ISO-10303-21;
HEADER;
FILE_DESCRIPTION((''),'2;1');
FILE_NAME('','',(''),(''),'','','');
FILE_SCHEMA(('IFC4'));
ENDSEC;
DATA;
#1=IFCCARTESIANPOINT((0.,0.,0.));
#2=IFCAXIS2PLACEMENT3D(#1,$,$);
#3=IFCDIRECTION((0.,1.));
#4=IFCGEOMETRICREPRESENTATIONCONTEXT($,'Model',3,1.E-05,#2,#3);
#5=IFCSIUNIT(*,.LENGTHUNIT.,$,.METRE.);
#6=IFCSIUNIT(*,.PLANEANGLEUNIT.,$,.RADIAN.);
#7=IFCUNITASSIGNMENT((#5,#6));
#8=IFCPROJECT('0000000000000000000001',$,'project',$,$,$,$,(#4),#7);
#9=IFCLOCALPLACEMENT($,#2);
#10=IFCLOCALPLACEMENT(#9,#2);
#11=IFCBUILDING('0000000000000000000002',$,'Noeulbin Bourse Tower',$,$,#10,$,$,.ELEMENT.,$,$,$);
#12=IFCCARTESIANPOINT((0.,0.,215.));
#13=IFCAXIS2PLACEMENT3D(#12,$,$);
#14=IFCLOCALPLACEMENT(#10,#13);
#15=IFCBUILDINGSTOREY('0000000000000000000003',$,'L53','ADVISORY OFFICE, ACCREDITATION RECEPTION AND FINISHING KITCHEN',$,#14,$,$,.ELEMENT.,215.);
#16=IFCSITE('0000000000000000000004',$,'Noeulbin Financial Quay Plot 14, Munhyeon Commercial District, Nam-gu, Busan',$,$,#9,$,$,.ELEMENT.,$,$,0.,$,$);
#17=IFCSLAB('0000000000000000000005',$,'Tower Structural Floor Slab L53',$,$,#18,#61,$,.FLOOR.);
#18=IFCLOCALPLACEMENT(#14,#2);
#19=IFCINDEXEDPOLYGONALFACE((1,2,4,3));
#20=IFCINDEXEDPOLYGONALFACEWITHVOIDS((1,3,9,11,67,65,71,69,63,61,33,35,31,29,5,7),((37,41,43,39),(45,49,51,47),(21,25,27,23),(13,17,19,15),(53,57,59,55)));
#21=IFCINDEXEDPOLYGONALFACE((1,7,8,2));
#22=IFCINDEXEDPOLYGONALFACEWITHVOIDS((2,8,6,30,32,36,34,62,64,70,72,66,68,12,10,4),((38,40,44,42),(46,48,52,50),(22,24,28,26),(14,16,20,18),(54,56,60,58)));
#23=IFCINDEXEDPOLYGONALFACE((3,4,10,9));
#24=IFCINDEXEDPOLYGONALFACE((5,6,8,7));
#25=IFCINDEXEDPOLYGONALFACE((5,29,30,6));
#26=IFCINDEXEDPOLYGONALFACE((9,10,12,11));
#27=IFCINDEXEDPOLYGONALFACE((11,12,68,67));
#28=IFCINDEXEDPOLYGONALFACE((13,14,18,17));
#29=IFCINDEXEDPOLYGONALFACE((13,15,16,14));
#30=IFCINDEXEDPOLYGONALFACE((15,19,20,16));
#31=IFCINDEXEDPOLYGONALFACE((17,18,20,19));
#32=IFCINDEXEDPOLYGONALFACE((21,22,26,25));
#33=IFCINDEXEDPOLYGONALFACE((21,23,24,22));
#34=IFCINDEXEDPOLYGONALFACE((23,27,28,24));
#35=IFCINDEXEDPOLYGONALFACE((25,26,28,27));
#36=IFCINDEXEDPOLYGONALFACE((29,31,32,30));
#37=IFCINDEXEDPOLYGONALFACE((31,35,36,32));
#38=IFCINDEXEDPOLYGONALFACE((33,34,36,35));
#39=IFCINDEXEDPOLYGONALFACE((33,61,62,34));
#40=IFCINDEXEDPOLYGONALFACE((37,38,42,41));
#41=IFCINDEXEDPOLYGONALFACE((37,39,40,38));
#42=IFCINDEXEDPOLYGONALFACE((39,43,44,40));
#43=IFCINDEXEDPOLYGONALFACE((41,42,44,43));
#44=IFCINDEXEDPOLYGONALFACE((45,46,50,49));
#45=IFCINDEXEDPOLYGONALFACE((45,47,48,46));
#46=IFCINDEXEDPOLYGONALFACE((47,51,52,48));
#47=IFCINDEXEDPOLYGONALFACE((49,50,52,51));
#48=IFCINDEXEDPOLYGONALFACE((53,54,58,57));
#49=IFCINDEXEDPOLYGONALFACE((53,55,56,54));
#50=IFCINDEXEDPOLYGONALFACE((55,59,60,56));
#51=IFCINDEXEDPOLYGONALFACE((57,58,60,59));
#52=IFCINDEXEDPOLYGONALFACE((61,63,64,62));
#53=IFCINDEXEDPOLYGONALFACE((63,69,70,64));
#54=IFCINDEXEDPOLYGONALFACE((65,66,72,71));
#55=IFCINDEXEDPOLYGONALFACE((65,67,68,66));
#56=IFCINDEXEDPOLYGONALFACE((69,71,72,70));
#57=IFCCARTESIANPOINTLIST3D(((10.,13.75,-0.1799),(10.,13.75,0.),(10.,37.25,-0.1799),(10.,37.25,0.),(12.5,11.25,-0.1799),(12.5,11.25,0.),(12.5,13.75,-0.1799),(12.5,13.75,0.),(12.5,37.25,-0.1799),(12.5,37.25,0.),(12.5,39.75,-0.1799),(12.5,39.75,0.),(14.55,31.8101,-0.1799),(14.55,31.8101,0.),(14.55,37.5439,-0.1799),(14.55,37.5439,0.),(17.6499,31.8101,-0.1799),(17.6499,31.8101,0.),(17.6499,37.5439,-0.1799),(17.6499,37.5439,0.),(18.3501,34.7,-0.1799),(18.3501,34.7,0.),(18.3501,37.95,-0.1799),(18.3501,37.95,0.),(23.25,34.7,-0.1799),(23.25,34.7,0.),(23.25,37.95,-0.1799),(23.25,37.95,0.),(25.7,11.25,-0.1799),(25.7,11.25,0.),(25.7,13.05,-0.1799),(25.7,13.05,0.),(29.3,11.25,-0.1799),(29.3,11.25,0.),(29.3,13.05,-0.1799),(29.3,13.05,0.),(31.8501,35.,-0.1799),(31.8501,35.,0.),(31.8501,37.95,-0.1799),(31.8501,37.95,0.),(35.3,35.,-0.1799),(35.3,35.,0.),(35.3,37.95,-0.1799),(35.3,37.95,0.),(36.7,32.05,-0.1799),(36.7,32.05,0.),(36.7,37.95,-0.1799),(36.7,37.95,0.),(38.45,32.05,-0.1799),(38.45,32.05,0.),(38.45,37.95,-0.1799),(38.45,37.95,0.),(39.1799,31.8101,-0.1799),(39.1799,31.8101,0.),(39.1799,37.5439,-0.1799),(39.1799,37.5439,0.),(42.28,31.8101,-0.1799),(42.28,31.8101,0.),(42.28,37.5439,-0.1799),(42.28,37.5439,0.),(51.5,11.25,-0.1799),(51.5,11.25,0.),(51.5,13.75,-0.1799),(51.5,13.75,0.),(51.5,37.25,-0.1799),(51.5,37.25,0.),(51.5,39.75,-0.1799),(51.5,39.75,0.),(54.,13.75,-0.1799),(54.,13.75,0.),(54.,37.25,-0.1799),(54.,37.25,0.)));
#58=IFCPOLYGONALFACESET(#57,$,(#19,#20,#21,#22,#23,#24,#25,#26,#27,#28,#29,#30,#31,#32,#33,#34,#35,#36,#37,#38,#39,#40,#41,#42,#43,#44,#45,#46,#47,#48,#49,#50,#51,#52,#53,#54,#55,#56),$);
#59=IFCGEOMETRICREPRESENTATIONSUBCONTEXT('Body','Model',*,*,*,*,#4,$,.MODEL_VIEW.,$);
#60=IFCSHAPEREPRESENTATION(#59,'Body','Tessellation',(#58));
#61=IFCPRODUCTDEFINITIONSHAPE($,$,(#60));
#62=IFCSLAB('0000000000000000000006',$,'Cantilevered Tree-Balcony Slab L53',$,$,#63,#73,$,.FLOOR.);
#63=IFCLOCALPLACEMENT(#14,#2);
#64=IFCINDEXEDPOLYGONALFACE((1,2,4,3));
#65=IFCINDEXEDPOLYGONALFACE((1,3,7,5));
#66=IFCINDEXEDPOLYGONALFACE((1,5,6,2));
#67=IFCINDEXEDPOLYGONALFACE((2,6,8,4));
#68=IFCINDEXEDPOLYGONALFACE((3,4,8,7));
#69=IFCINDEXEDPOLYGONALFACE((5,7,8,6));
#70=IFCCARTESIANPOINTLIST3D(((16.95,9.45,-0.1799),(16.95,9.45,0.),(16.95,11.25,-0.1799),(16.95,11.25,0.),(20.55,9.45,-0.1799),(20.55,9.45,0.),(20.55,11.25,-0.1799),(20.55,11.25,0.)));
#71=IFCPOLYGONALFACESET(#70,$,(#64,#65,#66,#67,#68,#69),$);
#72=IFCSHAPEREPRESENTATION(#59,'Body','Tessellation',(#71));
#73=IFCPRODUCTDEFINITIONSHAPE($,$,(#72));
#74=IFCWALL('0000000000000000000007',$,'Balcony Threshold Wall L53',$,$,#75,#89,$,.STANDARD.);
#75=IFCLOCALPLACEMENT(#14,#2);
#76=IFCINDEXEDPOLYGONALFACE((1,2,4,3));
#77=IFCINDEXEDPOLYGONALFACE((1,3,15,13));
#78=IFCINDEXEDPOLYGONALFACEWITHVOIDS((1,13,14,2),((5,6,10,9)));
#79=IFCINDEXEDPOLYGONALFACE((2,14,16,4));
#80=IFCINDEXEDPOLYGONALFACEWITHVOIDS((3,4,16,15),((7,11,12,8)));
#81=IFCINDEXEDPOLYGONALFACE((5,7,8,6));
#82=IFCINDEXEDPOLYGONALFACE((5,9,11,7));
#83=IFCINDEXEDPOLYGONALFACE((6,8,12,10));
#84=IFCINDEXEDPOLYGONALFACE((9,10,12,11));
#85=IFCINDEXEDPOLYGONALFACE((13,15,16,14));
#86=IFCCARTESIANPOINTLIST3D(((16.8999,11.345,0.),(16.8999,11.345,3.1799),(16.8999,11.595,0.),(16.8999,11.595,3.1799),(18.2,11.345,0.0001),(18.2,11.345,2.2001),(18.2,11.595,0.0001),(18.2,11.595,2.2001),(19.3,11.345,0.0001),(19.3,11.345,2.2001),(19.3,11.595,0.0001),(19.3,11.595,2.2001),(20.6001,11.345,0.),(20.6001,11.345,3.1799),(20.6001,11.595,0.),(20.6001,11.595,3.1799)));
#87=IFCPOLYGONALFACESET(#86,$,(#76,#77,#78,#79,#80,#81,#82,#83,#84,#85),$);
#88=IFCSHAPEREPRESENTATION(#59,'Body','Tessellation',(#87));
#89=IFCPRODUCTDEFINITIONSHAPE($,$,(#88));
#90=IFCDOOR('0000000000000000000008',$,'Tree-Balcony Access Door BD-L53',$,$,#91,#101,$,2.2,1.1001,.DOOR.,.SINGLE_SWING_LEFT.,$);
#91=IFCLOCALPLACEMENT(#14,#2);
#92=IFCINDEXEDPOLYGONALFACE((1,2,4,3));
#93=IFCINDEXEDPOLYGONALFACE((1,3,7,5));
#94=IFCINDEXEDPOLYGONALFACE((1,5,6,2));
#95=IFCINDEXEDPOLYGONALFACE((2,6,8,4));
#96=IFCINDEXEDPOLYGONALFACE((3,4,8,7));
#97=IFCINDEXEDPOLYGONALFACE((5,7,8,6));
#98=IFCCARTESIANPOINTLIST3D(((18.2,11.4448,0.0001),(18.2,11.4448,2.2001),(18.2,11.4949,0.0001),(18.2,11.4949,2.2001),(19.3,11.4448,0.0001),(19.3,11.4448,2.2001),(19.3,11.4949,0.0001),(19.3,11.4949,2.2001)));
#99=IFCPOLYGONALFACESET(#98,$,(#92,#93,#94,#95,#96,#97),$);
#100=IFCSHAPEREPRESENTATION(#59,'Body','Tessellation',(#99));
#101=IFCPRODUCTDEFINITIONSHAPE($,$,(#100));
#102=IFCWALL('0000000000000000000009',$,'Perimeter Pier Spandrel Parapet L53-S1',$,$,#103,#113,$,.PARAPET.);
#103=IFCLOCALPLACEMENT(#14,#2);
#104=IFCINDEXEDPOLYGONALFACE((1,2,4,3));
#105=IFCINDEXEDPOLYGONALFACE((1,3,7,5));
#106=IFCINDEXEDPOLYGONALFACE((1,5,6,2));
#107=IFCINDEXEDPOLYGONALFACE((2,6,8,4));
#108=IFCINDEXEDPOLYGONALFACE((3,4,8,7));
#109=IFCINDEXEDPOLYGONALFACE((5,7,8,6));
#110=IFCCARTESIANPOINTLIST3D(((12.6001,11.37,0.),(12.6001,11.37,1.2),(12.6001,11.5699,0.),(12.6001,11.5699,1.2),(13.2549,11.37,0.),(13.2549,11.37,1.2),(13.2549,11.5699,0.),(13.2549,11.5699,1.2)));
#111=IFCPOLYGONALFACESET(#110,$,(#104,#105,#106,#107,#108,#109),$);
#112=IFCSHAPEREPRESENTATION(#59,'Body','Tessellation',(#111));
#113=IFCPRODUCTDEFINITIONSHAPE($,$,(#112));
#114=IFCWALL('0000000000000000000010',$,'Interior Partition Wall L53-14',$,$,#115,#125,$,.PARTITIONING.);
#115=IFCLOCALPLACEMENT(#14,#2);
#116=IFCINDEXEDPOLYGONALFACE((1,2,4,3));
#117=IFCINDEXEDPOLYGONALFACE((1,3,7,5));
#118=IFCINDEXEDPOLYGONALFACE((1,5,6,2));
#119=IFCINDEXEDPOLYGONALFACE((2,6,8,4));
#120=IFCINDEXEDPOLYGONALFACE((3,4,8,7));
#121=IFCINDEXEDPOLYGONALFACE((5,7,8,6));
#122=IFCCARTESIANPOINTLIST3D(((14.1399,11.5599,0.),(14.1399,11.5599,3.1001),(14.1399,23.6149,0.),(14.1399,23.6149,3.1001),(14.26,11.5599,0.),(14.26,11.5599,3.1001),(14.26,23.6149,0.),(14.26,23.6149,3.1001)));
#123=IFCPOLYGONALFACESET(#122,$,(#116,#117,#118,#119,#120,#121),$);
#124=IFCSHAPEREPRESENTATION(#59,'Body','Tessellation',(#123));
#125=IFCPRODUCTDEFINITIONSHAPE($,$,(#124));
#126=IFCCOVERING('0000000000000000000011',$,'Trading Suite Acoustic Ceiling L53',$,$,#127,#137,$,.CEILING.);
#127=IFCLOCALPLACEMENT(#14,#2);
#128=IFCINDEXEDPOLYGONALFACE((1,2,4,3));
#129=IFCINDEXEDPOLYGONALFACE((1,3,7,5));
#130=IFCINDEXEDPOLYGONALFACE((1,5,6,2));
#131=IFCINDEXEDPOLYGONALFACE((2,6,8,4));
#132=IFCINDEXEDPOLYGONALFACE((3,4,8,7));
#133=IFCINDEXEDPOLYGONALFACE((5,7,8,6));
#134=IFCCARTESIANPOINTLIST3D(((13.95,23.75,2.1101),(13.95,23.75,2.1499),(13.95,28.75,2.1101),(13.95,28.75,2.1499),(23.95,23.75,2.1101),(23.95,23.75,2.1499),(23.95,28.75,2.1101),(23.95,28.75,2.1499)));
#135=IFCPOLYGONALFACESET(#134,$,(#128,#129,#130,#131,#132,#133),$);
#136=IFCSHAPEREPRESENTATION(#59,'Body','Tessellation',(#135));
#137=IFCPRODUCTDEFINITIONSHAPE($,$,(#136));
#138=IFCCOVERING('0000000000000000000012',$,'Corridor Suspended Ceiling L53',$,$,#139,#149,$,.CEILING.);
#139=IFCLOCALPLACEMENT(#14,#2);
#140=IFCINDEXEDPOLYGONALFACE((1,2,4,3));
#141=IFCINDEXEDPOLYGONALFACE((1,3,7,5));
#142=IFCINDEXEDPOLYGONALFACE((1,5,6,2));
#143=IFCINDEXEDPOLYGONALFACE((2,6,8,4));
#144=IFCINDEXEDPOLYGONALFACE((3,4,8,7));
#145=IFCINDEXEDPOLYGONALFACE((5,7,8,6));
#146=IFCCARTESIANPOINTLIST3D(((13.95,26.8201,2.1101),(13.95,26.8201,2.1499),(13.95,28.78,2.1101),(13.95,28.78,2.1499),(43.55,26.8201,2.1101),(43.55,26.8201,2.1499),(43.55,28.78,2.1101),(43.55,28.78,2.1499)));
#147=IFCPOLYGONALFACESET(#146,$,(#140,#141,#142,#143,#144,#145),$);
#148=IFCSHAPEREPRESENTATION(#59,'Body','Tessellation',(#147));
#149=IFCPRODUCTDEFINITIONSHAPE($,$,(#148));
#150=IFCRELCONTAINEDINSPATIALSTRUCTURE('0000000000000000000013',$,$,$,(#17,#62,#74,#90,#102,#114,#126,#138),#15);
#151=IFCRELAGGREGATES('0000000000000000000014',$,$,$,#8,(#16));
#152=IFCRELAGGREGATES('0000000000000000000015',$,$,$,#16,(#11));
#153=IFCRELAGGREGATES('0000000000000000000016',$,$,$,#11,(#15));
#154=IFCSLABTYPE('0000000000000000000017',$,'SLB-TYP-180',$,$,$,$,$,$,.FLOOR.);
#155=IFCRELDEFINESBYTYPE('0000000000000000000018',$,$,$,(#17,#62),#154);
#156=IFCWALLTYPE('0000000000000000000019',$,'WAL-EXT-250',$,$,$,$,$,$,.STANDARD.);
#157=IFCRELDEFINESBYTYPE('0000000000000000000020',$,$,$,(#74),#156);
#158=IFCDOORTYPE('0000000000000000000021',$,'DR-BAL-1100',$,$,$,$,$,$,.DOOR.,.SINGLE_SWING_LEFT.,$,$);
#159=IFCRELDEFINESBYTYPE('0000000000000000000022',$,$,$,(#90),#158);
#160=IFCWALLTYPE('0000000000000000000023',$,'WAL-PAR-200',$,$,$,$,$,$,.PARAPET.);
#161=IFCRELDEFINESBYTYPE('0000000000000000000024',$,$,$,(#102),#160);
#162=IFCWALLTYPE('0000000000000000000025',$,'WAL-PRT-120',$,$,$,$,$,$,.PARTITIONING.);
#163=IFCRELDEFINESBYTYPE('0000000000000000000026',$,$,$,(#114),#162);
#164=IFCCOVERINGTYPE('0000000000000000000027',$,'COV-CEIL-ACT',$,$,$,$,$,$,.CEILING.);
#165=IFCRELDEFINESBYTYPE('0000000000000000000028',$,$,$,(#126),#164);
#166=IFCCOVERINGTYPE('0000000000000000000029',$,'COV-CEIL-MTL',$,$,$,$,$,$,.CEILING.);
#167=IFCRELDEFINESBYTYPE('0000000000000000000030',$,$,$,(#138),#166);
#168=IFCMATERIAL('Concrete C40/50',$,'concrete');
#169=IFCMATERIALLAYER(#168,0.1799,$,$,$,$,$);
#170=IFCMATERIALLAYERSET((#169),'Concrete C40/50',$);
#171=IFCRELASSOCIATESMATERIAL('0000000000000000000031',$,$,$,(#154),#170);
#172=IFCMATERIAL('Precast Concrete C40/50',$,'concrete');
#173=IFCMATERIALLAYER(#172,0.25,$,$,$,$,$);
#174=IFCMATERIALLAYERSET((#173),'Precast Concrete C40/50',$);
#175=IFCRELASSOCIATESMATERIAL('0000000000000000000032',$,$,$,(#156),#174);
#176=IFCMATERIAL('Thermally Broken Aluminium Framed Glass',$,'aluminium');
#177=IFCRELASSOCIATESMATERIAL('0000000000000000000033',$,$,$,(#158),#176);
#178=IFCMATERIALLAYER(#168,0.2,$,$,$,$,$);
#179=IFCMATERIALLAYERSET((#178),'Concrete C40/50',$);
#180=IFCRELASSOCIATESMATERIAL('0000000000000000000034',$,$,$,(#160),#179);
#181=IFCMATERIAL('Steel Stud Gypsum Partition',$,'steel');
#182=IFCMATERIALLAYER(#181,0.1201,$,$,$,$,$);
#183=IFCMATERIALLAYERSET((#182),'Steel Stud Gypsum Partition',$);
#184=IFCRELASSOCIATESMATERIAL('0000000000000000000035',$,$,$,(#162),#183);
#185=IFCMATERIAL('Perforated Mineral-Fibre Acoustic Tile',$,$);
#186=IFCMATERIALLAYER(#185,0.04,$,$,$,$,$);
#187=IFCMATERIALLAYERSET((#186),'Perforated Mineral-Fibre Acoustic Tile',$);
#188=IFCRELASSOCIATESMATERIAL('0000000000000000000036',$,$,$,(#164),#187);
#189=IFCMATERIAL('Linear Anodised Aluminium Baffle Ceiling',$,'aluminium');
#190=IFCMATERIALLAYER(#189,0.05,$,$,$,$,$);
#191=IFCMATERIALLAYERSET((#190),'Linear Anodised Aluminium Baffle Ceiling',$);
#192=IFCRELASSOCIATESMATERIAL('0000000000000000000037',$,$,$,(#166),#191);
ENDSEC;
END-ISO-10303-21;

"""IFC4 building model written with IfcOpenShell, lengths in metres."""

from ifc_helpers import new_model, si_unit, direction, frame, frame_2d, origin, place, context, subcontext, project, spatial, polyline, rectangle, outline, extrude, material, layer, layer_set, type_object, element, fill, save


model = new_model("IFC4")

# Units and contexts
model_context = context("Model", 3, precision=1e-05, world=origin(), true_north=direction((0.0, 1.0)))
body_context = subcontext(model_context, "Body", "Model", "MODEL_VIEW")
ifc_project = project(units=[si_unit("LENGTHUNIT", "METRE"), si_unit("PLANEANGLEUNIT", "RADIAN")], contexts=[model_context])

# Site, building, storey
site_placement = place(None, origin())
site = spatial("IfcSite", under=ifc_project, at=site_placement, Name="Noeulbin Financial Quay Plot 14, Munhyeon Commercial District, Nam-gu, Busan", CompositionType="ELEMENT", RefElevation=0.0)
building_placement = place(site_placement, origin())
building = spatial("IfcBuilding", under=site, at=building_placement, Name="Noeulbin Bourse Tower", CompositionType="ELEMENT")
storey_placement = place(building_placement, frame((0.0, 0.0, 215.0)))
storey = spatial("IfcBuildingStorey", under=building, at=storey_placement, Name="L53", Description="ADVISORY OFFICE, ACCREDITATION RECEPTION AND FINISHING KITCHEN", CompositionType="ELEMENT", Elevation=215.0)

# Shared definitions
ifc_material_1 = material(Name="Concrete C40/50", Category="concrete")

# Slab, openings
ifc_layer_1 = layer(ifc_material_1, 0.1799)
ifc_layer_set_1 = layer_set([ifc_layer_1], Name="Concrete C40/50")
slab_type_1 = type_object("IfcSlabType", Name="SLB-TYP-180", PredefinedType="FLOOR", material=ifc_layer_set_1)
slab_1_placement = place(storey_placement, frame((0.0, 0.0, -0.1799)))
slab_1 = element("IfcSlab", 1, at=slab_1_placement, inside=storey, type_object=slab_type_1, Name="Tower Structural Floor Slab L53", PredefinedType="FLOOR", context=body_context, shape_type="SweptSolid", body=[
    extrude(outline(polyline([(12.5, 11.25), (25.7, 11.25), (25.7, 13.05), (29.3, 13.05), (29.3, 11.25), (51.5, 11.25), (51.5, 13.75), (54.0, 13.75), (54.0, 37.25), (51.5, 37.25), (51.5, 39.75), (12.5, 39.75), (12.5, 37.25), (10.0, 37.25), (10.0, 13.75), (12.5, 13.75), (12.5, 11.25)]), holes=[polyline([(17.6499, 31.8101), (17.6499, 37.5439), (14.55, 37.5439), (14.55, 31.8101), (17.6499, 31.8101)]), polyline([(42.28, 31.8101), (42.28, 37.5439), (39.1799, 37.5439), (39.1799, 31.8101), (42.28, 31.8101)]), polyline([(18.3501, 34.7), (23.25, 34.7), (23.25, 37.95), (18.3501, 37.95), (18.3501, 34.7)]), polyline([(36.7, 32.05), (38.45, 32.05), (38.45, 37.95), (36.7, 37.95), (36.7, 32.05)]), polyline([(31.8501, 35.0), (35.3, 35.0), (35.3, 37.95), (31.8501, 37.95), (31.8501, 35.0)])]), origin(), (0.0, 0.0, 1.0), 0.1799),
])
opening_1_placement = place(slab_1_placement, frame((0.0, 0.0, -0.01)))
element("IfcOpeningElement", 2, at=opening_1_placement, cuts=slab_1, PredefinedType="OPENING", context=body_context, shape_type="SweptSolid", body=[
    extrude(outline(polyline([(17.6499, 31.8101), (17.6499, 37.5439), (14.55, 37.5439), (14.55, 31.8101), (17.6499, 31.8101)])), origin(), (0.0, 0.0, 1.0), 0.2),
])
opening_2_placement = place(slab_1_placement, frame((0.0, 0.0, -0.01)))
element("IfcOpeningElement", 3, at=opening_2_placement, cuts=slab_1, PredefinedType="OPENING", context=body_context, shape_type="SweptSolid", body=[
    extrude(outline(polyline([(42.28, 31.8101), (42.28, 37.5439), (39.1799, 37.5439), (39.1799, 31.8101), (42.28, 31.8101)])), origin(), (0.0, 0.0, 1.0), 0.2),
])
opening_3_placement = place(slab_1_placement, frame((0.0, 0.0, -0.01)))
element("IfcOpeningElement", 4, at=opening_3_placement, cuts=slab_1, PredefinedType="OPENING", context=body_context, shape_type="SweptSolid", body=[
    extrude(outline(polyline([(18.3501, 34.7), (23.25, 34.7), (23.25, 37.95), (18.3501, 37.95), (18.3501, 34.7)])), origin(), (0.0, 0.0, 1.0), 0.2),
])
opening_4_placement = place(slab_1_placement, frame((0.0, 0.0, -0.01)))
element("IfcOpeningElement", 5, at=opening_4_placement, cuts=slab_1, PredefinedType="OPENING", context=body_context, shape_type="SweptSolid", body=[
    extrude(outline(polyline([(36.7, 32.05), (38.45, 32.05), (38.45, 37.95), (36.7, 37.95), (36.7, 32.05)])), origin(), (0.0, 0.0, 1.0), 0.2),
])
opening_5_placement = place(slab_1_placement, frame((0.0, 0.0, -0.01)))
element("IfcOpeningElement", 6, at=opening_5_placement, cuts=slab_1, PredefinedType="OPENING", context=body_context, shape_type="SweptSolid", body=[
    extrude(outline(polyline([(31.8501, 35.0), (35.3, 35.0), (35.3, 37.95), (31.8501, 37.95), (31.8501, 35.0)])), origin(), (0.0, 0.0, 1.0), 0.2),
])

# Slab
slab_2_placement = place(storey_placement, frame((0.0, 0.0, -0.1799)))
element("IfcSlab", 7, at=slab_2_placement, inside=storey, type_object=slab_type_1, Name="Cantilevered Tree-Balcony Slab L53", PredefinedType="FLOOR", context=body_context, shape_type="SweptSolid", body=[
    extrude(outline(polyline([(16.95, 9.45), (20.55, 9.45), (20.55, 11.25), (16.95, 11.25), (16.95, 9.45)])), origin(), (0.0, 0.0, 1.0), 0.1799),
])

# Wall, opening, door
ifc_material_2 = material(Name="Precast Concrete C40/50", Category="concrete")
ifc_layer_2 = layer(ifc_material_2, 0.25)
ifc_layer_set_2 = layer_set([ifc_layer_2], Name="Precast Concrete C40/50")
wall_type_1 = type_object("IfcWallType", Name="WAL-EXT-250", PredefinedType="STANDARD", material=ifc_layer_set_2)
wall_1_placement = place(storey_placement, frame((16.8999, 11.47, 0.0), z_axis=(0.0, 0.0, 1.0), x_axis=(1.0, 0.0, 0.0)))
wall_1 = element("IfcWall", 8, at=wall_1_placement, inside=storey, type_object=wall_type_1, Name="Balcony Threshold Wall L53", PredefinedType="STANDARD", context=body_context, shape_type="SweptSolid", body=[
    extrude(rectangle(XDim=3.7002, YDim=0.25, at=frame_2d((1.8501, 0.0))), origin(), (0.0, 0.0, 1.0), 3.1799),
])
opening_6_placement = place(wall_1_placement, frame((1.3, 0.0, 0.0)))
opening_6 = element("IfcOpeningElement", 9, at=opening_6_placement, cuts=wall_1, PredefinedType="OPENING", context=body_context, shape_type="SweptSolid", body=[
    extrude(rectangle(XDim=1.1001, YDim=2.2, at=frame_2d((0.55, 1.1001))), frame((0.0, 0.135, 0.0), z_axis=(0.0, -1.0, 0.0), x_axis=(1.0, 0.0, 0.0)), (0.0, 0.0, 1.0), 0.27),
])
ifc_material_3 = material(Name="Thermally Broken Aluminium Framed Glass", Category="aluminium")
door_type = type_object("IfcDoorType", Name="DR-BAL-1100", OperationType="SINGLE_SWING_LEFT", PredefinedType="DOOR", material=ifc_material_3)
door_placement = place(opening_6_placement, origin())
door = element("IfcDoor", 10, at=door_placement, inside=storey, type_object=door_type, Name="Tree-Balcony Access Door BD-L53", OperationType="SINGLE_SWING_LEFT", OverallHeight=2.2, OverallWidth=1.1001, PredefinedType="DOOR", context=body_context, shape_type="SweptSolid", body=[
    extrude(rectangle(XDim=1.1001, YDim=2.2, at=frame_2d((0.55, 1.1001))), frame((0.0, 0.0249, 0.0), z_axis=(0.0, -1.0, 0.0), x_axis=(1.0, 0.0, 0.0)), (0.0, 0.0, 1.0), 0.05),
])
fill(opening_6, door)

# Walls
ifc_layer_3 = layer(ifc_material_1, 0.2)
ifc_layer_set_3 = layer_set([ifc_layer_3], Name="Concrete C40/50")
wall_type_2 = type_object("IfcWallType", Name="WAL-PAR-200", PredefinedType="PARAPET", material=ifc_layer_set_3)
wall_2_placement = place(storey_placement, frame((12.6001, 11.47, 0.0), z_axis=(0.0, 0.0, 1.0), x_axis=(1.0, 0.0, 0.0)))
element("IfcWall", 11, at=wall_2_placement, inside=storey, type_object=wall_type_2, Name="Perimeter Pier Spandrel Parapet L53-S1", PredefinedType="PARAPET", context=body_context, shape_type="SweptSolid", body=[
    extrude(rectangle(XDim=0.6548, YDim=0.2, at=frame_2d((0.3274, 0.0))), origin(), (0.0, 0.0, 1.0), 1.2),
])
ifc_material_4 = material(Name="Steel Stud Gypsum Partition", Category="steel")
ifc_layer_4 = layer(ifc_material_4, 0.1201)
ifc_layer_set_4 = layer_set([ifc_layer_4], Name="Steel Stud Gypsum Partition")
wall_type_3 = type_object("IfcWallType", Name="WAL-PRT-120", PredefinedType="PARTITIONING", material=ifc_layer_set_4)
wall_3_placement = place(storey_placement, frame((14.2, 11.5601, 0.0), z_axis=(0.0, 0.0, 1.0), x_axis=(0.0, 1.0, 0.0)))
element("IfcWall", 12, at=wall_3_placement, inside=storey, type_object=wall_type_3, Name="Interior Partition Wall L53-14", PredefinedType="PARTITIONING", context=body_context, shape_type="SweptSolid", body=[
    extrude(rectangle(XDim=12.0549, YDim=0.1201, at=frame_2d((6.0273, 0.0))), origin(), (0.0, 0.0, 1.0), 3.1001),
])

# Coverings
ifc_material_5 = material(Name="Perforated Mineral-Fibre Acoustic Tile")
ifc_layer_5 = layer(ifc_material_5, 0.04)
ifc_layer_set_5 = layer_set([ifc_layer_5], Name="Perforated Mineral-Fibre Acoustic Tile")
covering_type_1 = type_object("IfcCoveringType", Name="COV-CEIL-ACT", PredefinedType="CEILING", material=ifc_layer_set_5)
covering_1_placement = place(storey_placement, frame((0.0, 0.0, 2.1101)))
element("IfcCovering", 13, at=covering_1_placement, inside=storey, type_object=covering_type_1, Name="Trading Suite Acoustic Ceiling L53", PredefinedType="CEILING", context=body_context, shape_type="SweptSolid", body=[
    extrude(outline(polyline([(13.95, 23.75), (23.95, 23.75), (23.95, 28.75), (13.95, 28.75), (13.95, 23.75)])), origin(), (0.0, 0.0, 1.0), 0.0398),
])
ifc_material_6 = material(Name="Linear Anodised Aluminium Baffle Ceiling", Category="aluminium")
ifc_layer_6 = layer(ifc_material_6, 0.05)
ifc_layer_set_6 = layer_set([ifc_layer_6], Name="Linear Anodised Aluminium Baffle Ceiling")
covering_type_2 = type_object("IfcCoveringType", Name="COV-CEIL-MTL", PredefinedType="CEILING", material=ifc_layer_set_6)
covering_2_placement = place(storey_placement, frame((0.0, 0.0, 2.1101)))
element("IfcCovering", 14, at=covering_2_placement, inside=storey, type_object=covering_type_2, Name="Corridor Suspended Ceiling L53", PredefinedType="CEILING", context=body_context, shape_type="SweptSolid", body=[
    extrude(outline(polyline([(13.95, 26.8201), (43.55, 26.8201), (43.55, 28.78), (13.95, 28.78), (13.95, 26.8201)])), origin(), (0.0, 0.0, 1.0), 0.0398),
])

save(model, "model.ifc")
